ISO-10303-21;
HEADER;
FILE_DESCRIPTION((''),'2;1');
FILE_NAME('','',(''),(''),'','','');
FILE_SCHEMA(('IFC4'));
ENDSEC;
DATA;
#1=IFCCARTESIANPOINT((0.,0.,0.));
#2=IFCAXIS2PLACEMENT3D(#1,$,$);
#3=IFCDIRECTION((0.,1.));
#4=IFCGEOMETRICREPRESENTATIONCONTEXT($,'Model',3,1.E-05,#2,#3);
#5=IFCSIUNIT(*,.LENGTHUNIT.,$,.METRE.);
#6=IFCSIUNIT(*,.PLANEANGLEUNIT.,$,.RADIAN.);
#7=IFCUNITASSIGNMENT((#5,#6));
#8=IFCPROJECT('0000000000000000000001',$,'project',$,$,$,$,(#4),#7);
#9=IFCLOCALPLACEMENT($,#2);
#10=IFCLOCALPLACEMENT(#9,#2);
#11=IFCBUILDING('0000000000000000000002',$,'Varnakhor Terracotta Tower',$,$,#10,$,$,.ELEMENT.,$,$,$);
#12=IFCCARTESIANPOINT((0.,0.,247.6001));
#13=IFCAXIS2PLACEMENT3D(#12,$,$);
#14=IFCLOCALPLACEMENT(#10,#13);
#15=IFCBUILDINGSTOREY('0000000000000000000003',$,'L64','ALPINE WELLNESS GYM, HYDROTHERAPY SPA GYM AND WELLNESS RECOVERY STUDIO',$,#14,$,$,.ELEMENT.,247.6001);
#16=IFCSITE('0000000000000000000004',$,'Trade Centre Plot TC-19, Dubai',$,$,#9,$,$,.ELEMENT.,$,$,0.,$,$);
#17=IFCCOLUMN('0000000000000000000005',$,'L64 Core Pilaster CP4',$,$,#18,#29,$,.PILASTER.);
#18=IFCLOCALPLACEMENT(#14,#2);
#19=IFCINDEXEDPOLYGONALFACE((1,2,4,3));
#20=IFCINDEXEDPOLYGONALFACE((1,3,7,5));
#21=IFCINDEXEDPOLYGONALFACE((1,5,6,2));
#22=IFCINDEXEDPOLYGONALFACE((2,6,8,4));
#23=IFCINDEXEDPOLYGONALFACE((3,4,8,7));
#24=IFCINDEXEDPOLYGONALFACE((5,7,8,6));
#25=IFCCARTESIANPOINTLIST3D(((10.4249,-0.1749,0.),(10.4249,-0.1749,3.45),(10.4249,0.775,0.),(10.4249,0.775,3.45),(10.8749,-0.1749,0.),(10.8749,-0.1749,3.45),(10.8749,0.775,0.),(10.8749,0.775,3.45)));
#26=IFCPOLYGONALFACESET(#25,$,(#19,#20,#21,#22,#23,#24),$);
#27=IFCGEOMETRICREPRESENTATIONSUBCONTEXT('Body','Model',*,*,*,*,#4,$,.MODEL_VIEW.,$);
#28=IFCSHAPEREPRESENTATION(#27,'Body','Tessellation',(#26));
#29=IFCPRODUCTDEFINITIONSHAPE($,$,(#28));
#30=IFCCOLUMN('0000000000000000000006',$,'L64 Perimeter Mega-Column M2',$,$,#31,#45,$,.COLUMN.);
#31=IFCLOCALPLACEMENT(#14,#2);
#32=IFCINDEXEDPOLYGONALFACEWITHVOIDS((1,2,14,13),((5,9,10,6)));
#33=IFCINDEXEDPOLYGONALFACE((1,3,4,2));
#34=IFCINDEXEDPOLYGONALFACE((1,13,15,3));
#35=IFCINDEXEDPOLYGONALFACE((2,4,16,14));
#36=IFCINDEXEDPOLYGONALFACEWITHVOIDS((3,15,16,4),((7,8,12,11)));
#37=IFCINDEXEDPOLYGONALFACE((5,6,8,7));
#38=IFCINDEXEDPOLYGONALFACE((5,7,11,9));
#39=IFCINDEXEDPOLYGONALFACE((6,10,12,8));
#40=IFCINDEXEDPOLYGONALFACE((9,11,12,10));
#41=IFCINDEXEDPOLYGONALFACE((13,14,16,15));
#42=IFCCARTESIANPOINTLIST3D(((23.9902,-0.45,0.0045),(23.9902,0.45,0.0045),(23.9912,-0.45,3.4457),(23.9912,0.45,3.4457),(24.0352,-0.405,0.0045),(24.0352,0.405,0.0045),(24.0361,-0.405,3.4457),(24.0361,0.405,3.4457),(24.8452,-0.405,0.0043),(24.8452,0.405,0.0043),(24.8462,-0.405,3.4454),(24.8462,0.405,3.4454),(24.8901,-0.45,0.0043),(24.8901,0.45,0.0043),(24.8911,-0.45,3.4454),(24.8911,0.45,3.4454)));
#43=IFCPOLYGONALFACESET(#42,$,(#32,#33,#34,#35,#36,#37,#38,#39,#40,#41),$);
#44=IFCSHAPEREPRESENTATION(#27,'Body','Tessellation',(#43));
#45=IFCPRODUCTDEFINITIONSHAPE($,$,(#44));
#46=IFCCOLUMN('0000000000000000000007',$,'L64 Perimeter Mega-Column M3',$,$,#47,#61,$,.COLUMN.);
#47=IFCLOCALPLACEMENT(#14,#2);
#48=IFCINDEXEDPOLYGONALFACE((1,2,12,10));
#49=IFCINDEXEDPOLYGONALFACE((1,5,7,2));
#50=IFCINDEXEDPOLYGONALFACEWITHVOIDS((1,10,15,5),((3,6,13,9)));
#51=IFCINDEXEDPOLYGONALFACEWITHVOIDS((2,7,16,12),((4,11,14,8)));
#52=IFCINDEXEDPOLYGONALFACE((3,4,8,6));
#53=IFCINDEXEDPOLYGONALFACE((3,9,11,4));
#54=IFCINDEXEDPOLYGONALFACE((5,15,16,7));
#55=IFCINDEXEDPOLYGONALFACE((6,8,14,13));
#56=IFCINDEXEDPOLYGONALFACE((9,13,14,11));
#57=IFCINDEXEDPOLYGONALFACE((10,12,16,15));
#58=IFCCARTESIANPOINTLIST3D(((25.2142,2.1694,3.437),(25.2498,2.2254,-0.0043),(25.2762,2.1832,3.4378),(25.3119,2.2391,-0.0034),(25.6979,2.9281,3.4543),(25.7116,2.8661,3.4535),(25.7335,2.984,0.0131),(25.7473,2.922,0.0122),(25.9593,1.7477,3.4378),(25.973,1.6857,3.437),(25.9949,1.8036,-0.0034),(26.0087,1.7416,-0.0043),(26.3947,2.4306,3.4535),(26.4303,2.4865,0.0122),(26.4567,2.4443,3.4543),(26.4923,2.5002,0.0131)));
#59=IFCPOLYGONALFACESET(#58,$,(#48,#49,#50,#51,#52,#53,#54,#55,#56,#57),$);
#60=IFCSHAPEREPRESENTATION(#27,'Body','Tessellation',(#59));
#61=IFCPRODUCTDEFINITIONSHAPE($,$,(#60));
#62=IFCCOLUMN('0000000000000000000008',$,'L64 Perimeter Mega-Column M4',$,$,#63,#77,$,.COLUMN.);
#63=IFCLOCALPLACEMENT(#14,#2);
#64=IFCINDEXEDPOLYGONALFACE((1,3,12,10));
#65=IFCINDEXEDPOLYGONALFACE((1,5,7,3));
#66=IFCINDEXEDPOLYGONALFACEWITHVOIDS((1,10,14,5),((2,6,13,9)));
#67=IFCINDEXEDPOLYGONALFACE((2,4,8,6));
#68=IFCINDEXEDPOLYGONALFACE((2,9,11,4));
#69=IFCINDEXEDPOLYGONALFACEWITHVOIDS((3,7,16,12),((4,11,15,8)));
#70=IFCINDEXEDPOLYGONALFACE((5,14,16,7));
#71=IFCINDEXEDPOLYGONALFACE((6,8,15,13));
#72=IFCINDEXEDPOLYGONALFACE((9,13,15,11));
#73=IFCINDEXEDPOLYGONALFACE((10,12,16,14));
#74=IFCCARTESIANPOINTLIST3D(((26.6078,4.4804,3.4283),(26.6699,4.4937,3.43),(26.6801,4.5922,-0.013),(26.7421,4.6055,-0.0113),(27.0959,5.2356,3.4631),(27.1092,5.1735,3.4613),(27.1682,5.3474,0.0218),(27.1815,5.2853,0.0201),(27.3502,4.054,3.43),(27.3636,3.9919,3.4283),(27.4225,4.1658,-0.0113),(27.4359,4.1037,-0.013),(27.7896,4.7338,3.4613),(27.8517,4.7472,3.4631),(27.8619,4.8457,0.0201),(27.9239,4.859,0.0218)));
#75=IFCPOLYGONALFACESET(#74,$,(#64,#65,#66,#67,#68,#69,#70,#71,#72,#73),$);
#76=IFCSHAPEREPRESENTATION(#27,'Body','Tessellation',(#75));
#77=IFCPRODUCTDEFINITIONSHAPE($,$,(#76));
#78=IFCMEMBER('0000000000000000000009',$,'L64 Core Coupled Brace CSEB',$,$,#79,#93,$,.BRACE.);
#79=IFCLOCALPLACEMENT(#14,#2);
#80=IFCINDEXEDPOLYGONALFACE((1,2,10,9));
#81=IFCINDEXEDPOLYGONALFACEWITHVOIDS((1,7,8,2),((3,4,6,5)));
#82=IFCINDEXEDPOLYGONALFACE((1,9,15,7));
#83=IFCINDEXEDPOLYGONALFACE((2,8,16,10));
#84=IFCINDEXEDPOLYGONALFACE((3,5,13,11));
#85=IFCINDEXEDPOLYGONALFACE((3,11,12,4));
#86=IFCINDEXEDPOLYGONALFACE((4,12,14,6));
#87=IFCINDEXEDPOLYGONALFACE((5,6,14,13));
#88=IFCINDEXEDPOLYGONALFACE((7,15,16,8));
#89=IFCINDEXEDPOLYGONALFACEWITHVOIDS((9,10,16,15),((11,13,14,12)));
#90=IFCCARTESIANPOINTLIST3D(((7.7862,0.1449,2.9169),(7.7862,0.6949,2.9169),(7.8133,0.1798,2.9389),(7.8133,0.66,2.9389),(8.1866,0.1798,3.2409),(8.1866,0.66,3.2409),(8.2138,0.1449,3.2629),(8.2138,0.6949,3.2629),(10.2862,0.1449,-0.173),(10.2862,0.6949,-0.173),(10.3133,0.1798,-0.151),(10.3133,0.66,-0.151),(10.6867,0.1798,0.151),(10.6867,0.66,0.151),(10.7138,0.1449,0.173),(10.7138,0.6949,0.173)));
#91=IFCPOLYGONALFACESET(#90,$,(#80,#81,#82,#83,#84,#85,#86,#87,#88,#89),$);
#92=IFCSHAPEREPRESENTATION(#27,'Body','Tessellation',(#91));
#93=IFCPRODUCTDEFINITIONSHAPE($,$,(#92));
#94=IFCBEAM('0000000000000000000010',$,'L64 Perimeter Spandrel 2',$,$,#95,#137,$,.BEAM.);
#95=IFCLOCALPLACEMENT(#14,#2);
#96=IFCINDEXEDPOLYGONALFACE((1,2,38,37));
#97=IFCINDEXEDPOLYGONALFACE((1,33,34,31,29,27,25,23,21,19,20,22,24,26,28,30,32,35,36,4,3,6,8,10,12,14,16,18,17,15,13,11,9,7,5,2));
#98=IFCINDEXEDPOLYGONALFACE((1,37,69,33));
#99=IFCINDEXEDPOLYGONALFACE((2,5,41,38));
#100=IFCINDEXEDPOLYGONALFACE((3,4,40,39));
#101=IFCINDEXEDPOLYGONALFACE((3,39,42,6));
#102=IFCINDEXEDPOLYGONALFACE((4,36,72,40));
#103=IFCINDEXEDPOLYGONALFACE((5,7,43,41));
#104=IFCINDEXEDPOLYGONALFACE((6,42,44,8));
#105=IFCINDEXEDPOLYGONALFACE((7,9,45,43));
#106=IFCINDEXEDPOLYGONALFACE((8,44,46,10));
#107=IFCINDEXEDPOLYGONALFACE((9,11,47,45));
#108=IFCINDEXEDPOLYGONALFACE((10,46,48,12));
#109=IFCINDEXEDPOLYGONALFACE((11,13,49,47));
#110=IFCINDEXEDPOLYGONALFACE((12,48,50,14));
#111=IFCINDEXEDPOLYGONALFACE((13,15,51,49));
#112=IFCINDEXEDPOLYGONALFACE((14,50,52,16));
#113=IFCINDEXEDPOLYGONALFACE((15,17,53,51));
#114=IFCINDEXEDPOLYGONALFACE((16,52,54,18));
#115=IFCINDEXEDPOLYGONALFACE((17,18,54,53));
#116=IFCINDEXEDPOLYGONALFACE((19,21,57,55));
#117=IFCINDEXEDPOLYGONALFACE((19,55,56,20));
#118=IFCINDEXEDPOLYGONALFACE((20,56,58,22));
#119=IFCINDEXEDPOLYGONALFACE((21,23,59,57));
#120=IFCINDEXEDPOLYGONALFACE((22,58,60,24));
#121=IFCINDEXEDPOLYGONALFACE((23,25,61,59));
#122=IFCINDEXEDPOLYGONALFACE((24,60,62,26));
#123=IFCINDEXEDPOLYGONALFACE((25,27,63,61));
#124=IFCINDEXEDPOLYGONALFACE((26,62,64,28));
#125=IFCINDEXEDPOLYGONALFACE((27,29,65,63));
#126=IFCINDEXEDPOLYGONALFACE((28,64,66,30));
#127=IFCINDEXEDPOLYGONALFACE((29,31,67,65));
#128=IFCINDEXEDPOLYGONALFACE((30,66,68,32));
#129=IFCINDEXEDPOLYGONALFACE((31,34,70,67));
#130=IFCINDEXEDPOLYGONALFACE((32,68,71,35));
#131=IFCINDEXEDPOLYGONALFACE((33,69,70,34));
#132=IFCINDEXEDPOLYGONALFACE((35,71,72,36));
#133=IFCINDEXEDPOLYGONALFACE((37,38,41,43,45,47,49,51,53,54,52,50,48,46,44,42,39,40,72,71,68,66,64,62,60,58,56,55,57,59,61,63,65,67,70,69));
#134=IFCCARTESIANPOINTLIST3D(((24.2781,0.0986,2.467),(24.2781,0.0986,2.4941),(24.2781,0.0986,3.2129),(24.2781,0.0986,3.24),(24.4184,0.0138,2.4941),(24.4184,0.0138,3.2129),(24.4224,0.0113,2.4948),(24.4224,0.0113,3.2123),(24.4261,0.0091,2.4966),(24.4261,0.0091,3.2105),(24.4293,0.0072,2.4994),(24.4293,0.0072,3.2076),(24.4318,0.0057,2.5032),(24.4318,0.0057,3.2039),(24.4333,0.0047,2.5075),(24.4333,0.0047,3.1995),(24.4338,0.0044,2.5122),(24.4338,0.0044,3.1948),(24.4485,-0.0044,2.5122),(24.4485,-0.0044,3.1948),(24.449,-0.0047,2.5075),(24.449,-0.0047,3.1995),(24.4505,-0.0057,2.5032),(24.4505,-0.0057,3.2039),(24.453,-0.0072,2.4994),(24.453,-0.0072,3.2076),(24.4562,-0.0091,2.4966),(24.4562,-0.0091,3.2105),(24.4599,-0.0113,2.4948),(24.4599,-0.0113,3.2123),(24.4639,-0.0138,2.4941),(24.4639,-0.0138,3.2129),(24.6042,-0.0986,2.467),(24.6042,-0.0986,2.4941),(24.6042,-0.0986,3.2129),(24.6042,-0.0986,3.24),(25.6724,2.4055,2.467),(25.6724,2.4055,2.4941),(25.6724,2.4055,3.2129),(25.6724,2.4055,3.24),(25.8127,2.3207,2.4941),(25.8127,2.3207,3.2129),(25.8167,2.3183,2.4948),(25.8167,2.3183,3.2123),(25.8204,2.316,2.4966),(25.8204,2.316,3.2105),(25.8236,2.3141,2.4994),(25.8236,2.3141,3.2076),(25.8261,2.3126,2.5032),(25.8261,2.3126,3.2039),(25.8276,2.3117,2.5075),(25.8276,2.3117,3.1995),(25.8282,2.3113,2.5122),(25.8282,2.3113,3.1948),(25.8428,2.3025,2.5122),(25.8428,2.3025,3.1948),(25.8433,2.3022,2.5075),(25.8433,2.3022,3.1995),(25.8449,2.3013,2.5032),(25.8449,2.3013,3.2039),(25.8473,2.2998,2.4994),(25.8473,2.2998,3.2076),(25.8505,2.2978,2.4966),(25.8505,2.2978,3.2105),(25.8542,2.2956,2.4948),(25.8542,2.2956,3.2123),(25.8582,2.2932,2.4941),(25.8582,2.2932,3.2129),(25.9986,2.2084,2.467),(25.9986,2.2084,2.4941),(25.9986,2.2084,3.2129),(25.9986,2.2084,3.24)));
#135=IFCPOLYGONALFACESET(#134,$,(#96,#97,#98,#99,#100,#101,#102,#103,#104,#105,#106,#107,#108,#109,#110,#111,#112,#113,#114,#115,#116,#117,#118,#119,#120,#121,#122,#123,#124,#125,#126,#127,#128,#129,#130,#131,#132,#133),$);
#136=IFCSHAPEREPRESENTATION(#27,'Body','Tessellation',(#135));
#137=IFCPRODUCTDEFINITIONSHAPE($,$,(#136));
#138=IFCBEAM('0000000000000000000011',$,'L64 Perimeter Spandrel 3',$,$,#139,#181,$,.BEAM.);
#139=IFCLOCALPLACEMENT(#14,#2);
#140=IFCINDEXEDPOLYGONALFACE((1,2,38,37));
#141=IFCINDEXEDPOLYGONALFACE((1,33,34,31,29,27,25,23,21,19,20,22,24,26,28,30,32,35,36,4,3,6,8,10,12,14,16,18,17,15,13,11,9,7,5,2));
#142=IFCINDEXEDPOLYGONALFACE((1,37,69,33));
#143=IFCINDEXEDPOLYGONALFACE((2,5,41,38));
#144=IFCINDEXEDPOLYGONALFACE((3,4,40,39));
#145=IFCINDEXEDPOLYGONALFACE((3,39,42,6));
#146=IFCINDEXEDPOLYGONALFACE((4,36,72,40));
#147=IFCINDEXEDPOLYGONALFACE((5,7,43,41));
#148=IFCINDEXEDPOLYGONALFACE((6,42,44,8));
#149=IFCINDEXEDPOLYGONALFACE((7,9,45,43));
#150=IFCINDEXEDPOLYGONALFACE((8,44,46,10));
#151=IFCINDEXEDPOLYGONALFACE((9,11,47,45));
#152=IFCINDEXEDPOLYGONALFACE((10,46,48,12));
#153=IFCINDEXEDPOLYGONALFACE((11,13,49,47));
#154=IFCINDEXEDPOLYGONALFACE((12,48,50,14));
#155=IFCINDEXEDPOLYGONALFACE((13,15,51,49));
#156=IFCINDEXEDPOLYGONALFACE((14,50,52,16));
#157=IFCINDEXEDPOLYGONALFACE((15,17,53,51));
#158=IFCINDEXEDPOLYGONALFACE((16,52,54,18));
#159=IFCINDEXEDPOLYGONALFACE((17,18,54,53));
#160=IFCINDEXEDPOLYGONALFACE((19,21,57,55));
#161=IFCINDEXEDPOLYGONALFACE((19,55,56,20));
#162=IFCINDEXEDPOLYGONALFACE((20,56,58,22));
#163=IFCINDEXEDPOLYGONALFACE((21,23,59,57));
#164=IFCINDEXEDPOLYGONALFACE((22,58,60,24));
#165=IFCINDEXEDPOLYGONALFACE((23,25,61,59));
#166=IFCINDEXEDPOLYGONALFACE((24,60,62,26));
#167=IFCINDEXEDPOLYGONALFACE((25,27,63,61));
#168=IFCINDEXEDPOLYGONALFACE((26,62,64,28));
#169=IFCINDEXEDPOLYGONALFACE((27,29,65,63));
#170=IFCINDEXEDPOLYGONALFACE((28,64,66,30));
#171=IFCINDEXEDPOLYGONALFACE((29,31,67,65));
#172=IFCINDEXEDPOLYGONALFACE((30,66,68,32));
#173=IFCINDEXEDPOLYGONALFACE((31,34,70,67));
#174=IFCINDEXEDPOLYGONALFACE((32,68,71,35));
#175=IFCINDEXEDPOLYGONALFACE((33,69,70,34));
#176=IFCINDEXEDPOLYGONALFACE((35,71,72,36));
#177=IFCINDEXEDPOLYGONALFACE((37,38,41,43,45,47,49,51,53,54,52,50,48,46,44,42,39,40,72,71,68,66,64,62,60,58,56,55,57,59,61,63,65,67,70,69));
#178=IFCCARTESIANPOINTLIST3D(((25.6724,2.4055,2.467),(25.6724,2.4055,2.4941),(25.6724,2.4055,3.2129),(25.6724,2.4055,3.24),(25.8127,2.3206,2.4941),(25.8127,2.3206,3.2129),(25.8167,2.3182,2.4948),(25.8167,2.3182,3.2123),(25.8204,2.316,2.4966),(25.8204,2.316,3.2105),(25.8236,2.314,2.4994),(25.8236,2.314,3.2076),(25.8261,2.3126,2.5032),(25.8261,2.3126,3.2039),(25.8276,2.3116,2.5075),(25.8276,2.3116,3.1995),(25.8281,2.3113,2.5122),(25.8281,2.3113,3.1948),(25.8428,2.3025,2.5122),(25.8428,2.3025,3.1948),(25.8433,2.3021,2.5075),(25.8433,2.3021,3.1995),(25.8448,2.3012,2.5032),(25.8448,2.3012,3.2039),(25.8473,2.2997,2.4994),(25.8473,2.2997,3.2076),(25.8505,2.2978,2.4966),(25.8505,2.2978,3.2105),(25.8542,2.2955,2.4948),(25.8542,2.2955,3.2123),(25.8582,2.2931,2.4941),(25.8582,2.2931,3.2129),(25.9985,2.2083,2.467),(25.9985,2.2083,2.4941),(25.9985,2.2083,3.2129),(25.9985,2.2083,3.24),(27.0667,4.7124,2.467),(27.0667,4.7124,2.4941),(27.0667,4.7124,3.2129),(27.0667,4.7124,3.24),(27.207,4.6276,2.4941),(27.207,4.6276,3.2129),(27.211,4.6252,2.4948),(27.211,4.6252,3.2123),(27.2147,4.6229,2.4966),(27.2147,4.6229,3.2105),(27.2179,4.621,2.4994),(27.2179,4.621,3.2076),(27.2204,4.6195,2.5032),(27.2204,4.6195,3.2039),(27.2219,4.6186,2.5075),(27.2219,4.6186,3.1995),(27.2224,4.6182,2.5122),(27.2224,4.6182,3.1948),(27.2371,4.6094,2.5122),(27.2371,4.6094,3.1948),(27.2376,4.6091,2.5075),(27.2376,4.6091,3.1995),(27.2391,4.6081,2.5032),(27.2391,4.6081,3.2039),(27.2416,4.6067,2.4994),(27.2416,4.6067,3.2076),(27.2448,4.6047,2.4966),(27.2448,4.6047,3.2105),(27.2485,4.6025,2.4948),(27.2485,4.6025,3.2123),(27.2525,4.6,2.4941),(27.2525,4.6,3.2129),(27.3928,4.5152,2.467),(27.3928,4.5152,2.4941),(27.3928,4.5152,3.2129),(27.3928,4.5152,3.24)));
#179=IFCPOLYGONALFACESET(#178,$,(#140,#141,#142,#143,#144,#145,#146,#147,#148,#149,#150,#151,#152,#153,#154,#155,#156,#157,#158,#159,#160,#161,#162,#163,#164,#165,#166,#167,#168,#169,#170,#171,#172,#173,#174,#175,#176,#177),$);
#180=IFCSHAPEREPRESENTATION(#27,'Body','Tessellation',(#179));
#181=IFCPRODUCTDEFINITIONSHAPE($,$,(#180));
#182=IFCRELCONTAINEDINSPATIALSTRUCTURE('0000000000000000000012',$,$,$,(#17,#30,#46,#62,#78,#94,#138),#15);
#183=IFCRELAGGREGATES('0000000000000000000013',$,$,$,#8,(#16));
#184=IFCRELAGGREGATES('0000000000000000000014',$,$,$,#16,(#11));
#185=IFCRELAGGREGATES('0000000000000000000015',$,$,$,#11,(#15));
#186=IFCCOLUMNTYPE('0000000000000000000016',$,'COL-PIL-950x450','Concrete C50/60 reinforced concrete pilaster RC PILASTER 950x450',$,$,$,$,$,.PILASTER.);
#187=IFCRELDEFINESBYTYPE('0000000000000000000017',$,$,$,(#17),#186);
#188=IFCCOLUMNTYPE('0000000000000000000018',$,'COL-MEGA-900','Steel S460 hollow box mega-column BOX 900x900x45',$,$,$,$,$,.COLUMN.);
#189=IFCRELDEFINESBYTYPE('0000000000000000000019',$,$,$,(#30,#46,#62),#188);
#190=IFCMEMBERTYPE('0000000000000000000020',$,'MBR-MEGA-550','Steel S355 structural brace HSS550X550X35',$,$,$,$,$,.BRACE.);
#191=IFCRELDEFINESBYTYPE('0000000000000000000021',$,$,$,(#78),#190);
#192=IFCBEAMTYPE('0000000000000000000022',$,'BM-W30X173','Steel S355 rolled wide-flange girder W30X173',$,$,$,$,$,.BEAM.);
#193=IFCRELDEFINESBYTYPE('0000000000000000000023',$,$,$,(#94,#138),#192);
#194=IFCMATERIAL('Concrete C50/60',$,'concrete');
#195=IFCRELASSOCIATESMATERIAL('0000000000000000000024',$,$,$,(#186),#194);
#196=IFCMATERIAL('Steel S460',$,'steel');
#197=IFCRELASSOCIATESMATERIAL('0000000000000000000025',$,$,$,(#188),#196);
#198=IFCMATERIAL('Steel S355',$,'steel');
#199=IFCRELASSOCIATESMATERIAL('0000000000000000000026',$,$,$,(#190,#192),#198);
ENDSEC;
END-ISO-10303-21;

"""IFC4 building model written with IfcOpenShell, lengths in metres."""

from ifc_helpers import new_model, si_unit, direction, frame, origin, origin_2d, place, context, subcontext, project, spatial, rectangle, hollow_rectangle, i_section, extrude, source, transform, mapped, material, material_profile, profile_set, type_object, element, save


model = new_model("IFC4")

# Units and contexts
model_context = context("Model", 3, precision=1e-05, world=origin(), true_north=direction((0.0, 1.0)))
body_context = subcontext(model_context, "Body", "Model", "MODEL_VIEW")
ifc_project = project(units=[si_unit("LENGTHUNIT", "METRE"), si_unit("PLANEANGLEUNIT", "RADIAN")], contexts=[model_context])

# Site, building, storey
site_placement = place(None, origin())
site = spatial("IfcSite", under=ifc_project, at=site_placement, Name="Trade Centre Plot TC-19, Dubai", CompositionType="ELEMENT", RefElevation=0.0)
building_placement = place(site_placement, origin())
building = spatial("IfcBuilding", under=site, at=building_placement, Name="Varnakhor Terracotta Tower", CompositionType="ELEMENT")
storey_placement = place(building_placement, frame((0.0, 0.0, 247.6001)))
storey = spatial("IfcBuildingStorey", under=building, at=storey_placement, Name="L64", Description="ALPINE WELLNESS GYM, HYDROTHERAPY SPA GYM AND WELLNESS RECOVERY STUDIO", CompositionType="ELEMENT", Elevation=247.6001)

# Columns
ifc_material_1 = material(Name="Concrete C50/60", Category="concrete")
ifc_material_profile_1 = material_profile(ifc_material_1, rectangle(XDim=0.45, YDim=0.95, at=origin_2d()), Name="RC PILASTER 950x450")
ifc_profile_set_1 = profile_set([ifc_material_profile_1], Name="Concrete C50/60")
column_type_1 = type_object("IfcColumnType", Name="COL-PIL-950x450", Description="Concrete C50/60 reinforced concrete pilaster RC PILASTER 950x450", PredefinedType="PILASTER", material=ifc_profile_set_1)
shared_shape_1 = source(origin(), body_context, "Body", "SweptSolid", [
    extrude(rectangle(XDim=0.45, YDim=0.95, at=origin_2d()), origin(), (0.0, 0.0, 1.0), 3.45),
])
column_1_placement = place(storey_placement, frame((10.6499, 0.3, 0.0), z_axis=(0.0, 0.0, 1.0), x_axis=(1.0, 0.0, 0.0)))
element("IfcColumn", 1, at=column_1_placement, inside=storey, type_object=column_type_1, Name="L64 Core Pilaster CP4", PredefinedType="PILASTER", context=body_context, shape_type="MappedRepresentation", body=[
    mapped(shared_shape_1, transform((0.0, 0.0, 0.0), scale=1.0)),
])
ifc_material_2 = material(Name="Steel S460", Category="steel")
ifc_material_profile_2 = material_profile(ifc_material_2, hollow_rectangle(XDim=0.8999, YDim=0.8999, WallThickness=0.0449, at=origin_2d()), Name="BOX 900x900x45")
ifc_profile_set_2 = profile_set([ifc_material_profile_2], Name="Steel S460")
column_type_2 = type_object("IfcColumnType", Name="COL-MEGA-900", Description="Steel S460 hollow box mega-column BOX 900x900x45", PredefinedType="COLUMN", material=ifc_profile_set_2)
shared_shape_2 = source(origin(), body_context, "Body", "SweptSolid", [
    extrude(hollow_rectangle(XDim=0.8999, YDim=0.8999, WallThickness=0.0449, at=origin_2d()), origin(), (0.0, 0.0, 1.0), 3.4412),
])
column_2_placement = place(storey_placement, frame((24.4402, 0.0, 0.0044), z_axis=(0.000284, 0.0, 1.0), x_axis=(1.0, 0.0, 0.0)))
element("IfcColumn", 2, at=column_2_placement, inside=storey, type_object=column_type_2, Name="L64 Perimeter Mega-Column M2", PredefinedType="COLUMN", context=body_context, shape_type="MappedRepresentation", body=[
    mapped(shared_shape_2, transform((0.0, 0.0, 0.0), scale=1.0)),
])
shared_shape_3 = source(origin(), body_context, "Body", "SweptSolid", [
    extrude(hollow_rectangle(XDim=0.8999, YDim=0.8999, WallThickness=0.0449, at=origin_2d()), origin(), (0.0, 0.0, 1.0), 3.4419),
])
column_3_placement = place(storey_placement, frame((25.8711, 2.3628, 0.0044), z_axis=(-0.010356, -0.016244, 0.999814), x_axis=(0.843206, -0.53759, 0.0)))
element("IfcColumn", 3, at=column_3_placement, inside=storey, type_object=column_type_2, Name="L64 Perimeter Mega-Column M3", PredefinedType="COLUMN", context=body_context, shape_type="MappedRepresentation", body=[
    mapped(shared_shape_3, transform((0.0, 0.0, 0.0), scale=1.0)),
])
shared_shape_4 = source(origin(), body_context, "Body", "SweptSolid", [
    extrude(hollow_rectangle(XDim=0.8999, YDim=0.8999, WallThickness=0.0449, at=origin_2d()), origin(), (0.0, 0.0, 1.0), 3.4438),
])
column_4_placement = place(storey_placement, frame((27.302, 4.7256, 0.0044), z_axis=(-0.020985, -0.03247, 0.999252), x_axis=(0.839865, -0.542795, 0.0)))
element("IfcColumn", 4, at=column_4_placement, inside=storey, type_object=column_type_2, Name="L64 Perimeter Mega-Column M4", PredefinedType="COLUMN", context=body_context, shape_type="MappedRepresentation", body=[
    mapped(shared_shape_4, transform((0.0, 0.0, 0.0), scale=1.0)),
])

# Member
ifc_material_3 = material(Name="Steel S355", Category="steel")
ifc_material_profile_3 = material_profile(ifc_material_3, hollow_rectangle(XDim=0.55, YDim=0.55, WallThickness=0.0349, at=origin_2d()), Name="HSS550X550X35")
ifc_profile_set_3 = profile_set([ifc_material_profile_3], Name="Steel S355")
member_type_1 = type_object("IfcMemberType", Name="MBR-MEGA-550", Description="Steel S355 structural brace HSS550X550X35", PredefinedType="BRACE", material=ifc_profile_set_3)
shared_shape_5 = source(origin(), body_context, "Body", "SweptSolid", [
    extrude(hollow_rectangle(XDim=0.55, YDim=0.55, WallThickness=0.0349, at=origin_2d()), origin(), (0.0, 0.0, 1.0), 3.9746),
])
member_1_placement = place(storey_placement, frame((10.5, 0.4199, 0.0), z_axis=(-0.629, 0.0, 0.777405), x_axis=(0.0, -1.0, 0.0)))
element("IfcMember", 5, at=member_1_placement, inside=storey, type_object=member_type_1, Name="L64 Core Coupled Brace CSEB", PredefinedType="BRACE", context=body_context, shape_type="MappedRepresentation", body=[
    mapped(shared_shape_5, transform((0.0, 0.0, 0.0), scale=1.0)),
])

# Beams
ifc_material_profile_4 = material_profile(ifc_material_3, i_section(OverallWidth=0.3811, OverallDepth=0.7729, WebThickness=0.0171, FlangeThickness=0.0271, FilletRadius=0.0181, at=origin_2d()), Name="W30X173")
ifc_profile_set_4 = profile_set([ifc_material_profile_4], Name="Steel S355")
beam_type_1 = type_object("IfcBeamType", Name="BM-W30X173", Description="Steel S355 rolled wide-flange girder W30X173", PredefinedType="BEAM", material=ifc_profile_set_4)
shared_shape_6 = source(origin(), body_context, "Body", "SweptSolid", [
    extrude(i_section(OverallWidth=0.3811, OverallDepth=0.7729, WebThickness=0.0171, FlangeThickness=0.0271, FilletRadius=0.0181, at=origin_2d()), origin(), (0.0, 0.0, 1.0), 2.6956),
])
for number, where, z_axis, x_axis, name in (
    (6, (24.4412, 0.0, 2.8535), (0.517264, 0.855826, 0.0), (-0.855826, 0.517264, 0.0), "L64 Perimeter Spandrel 2"),
    (7, (25.8354, 2.3069, 2.8535), (0.517264, 0.855826, 0.0), (-0.855826, 0.517264, 0.0), "L64 Perimeter Spandrel 3"),
):
    element("IfcBeam", number, at=place(storey_placement, frame(where, z_axis=z_axis, x_axis=x_axis)), inside=storey, type_object=beam_type_1, Name=name, PredefinedType="BEAM", context=body_context, shape_type="MappedRepresentation", body=[
        mapped(shared_shape_6, transform((0.0, 0.0, 0.0), scale=1.0)),
    ])

save(model, "model.ifc")
